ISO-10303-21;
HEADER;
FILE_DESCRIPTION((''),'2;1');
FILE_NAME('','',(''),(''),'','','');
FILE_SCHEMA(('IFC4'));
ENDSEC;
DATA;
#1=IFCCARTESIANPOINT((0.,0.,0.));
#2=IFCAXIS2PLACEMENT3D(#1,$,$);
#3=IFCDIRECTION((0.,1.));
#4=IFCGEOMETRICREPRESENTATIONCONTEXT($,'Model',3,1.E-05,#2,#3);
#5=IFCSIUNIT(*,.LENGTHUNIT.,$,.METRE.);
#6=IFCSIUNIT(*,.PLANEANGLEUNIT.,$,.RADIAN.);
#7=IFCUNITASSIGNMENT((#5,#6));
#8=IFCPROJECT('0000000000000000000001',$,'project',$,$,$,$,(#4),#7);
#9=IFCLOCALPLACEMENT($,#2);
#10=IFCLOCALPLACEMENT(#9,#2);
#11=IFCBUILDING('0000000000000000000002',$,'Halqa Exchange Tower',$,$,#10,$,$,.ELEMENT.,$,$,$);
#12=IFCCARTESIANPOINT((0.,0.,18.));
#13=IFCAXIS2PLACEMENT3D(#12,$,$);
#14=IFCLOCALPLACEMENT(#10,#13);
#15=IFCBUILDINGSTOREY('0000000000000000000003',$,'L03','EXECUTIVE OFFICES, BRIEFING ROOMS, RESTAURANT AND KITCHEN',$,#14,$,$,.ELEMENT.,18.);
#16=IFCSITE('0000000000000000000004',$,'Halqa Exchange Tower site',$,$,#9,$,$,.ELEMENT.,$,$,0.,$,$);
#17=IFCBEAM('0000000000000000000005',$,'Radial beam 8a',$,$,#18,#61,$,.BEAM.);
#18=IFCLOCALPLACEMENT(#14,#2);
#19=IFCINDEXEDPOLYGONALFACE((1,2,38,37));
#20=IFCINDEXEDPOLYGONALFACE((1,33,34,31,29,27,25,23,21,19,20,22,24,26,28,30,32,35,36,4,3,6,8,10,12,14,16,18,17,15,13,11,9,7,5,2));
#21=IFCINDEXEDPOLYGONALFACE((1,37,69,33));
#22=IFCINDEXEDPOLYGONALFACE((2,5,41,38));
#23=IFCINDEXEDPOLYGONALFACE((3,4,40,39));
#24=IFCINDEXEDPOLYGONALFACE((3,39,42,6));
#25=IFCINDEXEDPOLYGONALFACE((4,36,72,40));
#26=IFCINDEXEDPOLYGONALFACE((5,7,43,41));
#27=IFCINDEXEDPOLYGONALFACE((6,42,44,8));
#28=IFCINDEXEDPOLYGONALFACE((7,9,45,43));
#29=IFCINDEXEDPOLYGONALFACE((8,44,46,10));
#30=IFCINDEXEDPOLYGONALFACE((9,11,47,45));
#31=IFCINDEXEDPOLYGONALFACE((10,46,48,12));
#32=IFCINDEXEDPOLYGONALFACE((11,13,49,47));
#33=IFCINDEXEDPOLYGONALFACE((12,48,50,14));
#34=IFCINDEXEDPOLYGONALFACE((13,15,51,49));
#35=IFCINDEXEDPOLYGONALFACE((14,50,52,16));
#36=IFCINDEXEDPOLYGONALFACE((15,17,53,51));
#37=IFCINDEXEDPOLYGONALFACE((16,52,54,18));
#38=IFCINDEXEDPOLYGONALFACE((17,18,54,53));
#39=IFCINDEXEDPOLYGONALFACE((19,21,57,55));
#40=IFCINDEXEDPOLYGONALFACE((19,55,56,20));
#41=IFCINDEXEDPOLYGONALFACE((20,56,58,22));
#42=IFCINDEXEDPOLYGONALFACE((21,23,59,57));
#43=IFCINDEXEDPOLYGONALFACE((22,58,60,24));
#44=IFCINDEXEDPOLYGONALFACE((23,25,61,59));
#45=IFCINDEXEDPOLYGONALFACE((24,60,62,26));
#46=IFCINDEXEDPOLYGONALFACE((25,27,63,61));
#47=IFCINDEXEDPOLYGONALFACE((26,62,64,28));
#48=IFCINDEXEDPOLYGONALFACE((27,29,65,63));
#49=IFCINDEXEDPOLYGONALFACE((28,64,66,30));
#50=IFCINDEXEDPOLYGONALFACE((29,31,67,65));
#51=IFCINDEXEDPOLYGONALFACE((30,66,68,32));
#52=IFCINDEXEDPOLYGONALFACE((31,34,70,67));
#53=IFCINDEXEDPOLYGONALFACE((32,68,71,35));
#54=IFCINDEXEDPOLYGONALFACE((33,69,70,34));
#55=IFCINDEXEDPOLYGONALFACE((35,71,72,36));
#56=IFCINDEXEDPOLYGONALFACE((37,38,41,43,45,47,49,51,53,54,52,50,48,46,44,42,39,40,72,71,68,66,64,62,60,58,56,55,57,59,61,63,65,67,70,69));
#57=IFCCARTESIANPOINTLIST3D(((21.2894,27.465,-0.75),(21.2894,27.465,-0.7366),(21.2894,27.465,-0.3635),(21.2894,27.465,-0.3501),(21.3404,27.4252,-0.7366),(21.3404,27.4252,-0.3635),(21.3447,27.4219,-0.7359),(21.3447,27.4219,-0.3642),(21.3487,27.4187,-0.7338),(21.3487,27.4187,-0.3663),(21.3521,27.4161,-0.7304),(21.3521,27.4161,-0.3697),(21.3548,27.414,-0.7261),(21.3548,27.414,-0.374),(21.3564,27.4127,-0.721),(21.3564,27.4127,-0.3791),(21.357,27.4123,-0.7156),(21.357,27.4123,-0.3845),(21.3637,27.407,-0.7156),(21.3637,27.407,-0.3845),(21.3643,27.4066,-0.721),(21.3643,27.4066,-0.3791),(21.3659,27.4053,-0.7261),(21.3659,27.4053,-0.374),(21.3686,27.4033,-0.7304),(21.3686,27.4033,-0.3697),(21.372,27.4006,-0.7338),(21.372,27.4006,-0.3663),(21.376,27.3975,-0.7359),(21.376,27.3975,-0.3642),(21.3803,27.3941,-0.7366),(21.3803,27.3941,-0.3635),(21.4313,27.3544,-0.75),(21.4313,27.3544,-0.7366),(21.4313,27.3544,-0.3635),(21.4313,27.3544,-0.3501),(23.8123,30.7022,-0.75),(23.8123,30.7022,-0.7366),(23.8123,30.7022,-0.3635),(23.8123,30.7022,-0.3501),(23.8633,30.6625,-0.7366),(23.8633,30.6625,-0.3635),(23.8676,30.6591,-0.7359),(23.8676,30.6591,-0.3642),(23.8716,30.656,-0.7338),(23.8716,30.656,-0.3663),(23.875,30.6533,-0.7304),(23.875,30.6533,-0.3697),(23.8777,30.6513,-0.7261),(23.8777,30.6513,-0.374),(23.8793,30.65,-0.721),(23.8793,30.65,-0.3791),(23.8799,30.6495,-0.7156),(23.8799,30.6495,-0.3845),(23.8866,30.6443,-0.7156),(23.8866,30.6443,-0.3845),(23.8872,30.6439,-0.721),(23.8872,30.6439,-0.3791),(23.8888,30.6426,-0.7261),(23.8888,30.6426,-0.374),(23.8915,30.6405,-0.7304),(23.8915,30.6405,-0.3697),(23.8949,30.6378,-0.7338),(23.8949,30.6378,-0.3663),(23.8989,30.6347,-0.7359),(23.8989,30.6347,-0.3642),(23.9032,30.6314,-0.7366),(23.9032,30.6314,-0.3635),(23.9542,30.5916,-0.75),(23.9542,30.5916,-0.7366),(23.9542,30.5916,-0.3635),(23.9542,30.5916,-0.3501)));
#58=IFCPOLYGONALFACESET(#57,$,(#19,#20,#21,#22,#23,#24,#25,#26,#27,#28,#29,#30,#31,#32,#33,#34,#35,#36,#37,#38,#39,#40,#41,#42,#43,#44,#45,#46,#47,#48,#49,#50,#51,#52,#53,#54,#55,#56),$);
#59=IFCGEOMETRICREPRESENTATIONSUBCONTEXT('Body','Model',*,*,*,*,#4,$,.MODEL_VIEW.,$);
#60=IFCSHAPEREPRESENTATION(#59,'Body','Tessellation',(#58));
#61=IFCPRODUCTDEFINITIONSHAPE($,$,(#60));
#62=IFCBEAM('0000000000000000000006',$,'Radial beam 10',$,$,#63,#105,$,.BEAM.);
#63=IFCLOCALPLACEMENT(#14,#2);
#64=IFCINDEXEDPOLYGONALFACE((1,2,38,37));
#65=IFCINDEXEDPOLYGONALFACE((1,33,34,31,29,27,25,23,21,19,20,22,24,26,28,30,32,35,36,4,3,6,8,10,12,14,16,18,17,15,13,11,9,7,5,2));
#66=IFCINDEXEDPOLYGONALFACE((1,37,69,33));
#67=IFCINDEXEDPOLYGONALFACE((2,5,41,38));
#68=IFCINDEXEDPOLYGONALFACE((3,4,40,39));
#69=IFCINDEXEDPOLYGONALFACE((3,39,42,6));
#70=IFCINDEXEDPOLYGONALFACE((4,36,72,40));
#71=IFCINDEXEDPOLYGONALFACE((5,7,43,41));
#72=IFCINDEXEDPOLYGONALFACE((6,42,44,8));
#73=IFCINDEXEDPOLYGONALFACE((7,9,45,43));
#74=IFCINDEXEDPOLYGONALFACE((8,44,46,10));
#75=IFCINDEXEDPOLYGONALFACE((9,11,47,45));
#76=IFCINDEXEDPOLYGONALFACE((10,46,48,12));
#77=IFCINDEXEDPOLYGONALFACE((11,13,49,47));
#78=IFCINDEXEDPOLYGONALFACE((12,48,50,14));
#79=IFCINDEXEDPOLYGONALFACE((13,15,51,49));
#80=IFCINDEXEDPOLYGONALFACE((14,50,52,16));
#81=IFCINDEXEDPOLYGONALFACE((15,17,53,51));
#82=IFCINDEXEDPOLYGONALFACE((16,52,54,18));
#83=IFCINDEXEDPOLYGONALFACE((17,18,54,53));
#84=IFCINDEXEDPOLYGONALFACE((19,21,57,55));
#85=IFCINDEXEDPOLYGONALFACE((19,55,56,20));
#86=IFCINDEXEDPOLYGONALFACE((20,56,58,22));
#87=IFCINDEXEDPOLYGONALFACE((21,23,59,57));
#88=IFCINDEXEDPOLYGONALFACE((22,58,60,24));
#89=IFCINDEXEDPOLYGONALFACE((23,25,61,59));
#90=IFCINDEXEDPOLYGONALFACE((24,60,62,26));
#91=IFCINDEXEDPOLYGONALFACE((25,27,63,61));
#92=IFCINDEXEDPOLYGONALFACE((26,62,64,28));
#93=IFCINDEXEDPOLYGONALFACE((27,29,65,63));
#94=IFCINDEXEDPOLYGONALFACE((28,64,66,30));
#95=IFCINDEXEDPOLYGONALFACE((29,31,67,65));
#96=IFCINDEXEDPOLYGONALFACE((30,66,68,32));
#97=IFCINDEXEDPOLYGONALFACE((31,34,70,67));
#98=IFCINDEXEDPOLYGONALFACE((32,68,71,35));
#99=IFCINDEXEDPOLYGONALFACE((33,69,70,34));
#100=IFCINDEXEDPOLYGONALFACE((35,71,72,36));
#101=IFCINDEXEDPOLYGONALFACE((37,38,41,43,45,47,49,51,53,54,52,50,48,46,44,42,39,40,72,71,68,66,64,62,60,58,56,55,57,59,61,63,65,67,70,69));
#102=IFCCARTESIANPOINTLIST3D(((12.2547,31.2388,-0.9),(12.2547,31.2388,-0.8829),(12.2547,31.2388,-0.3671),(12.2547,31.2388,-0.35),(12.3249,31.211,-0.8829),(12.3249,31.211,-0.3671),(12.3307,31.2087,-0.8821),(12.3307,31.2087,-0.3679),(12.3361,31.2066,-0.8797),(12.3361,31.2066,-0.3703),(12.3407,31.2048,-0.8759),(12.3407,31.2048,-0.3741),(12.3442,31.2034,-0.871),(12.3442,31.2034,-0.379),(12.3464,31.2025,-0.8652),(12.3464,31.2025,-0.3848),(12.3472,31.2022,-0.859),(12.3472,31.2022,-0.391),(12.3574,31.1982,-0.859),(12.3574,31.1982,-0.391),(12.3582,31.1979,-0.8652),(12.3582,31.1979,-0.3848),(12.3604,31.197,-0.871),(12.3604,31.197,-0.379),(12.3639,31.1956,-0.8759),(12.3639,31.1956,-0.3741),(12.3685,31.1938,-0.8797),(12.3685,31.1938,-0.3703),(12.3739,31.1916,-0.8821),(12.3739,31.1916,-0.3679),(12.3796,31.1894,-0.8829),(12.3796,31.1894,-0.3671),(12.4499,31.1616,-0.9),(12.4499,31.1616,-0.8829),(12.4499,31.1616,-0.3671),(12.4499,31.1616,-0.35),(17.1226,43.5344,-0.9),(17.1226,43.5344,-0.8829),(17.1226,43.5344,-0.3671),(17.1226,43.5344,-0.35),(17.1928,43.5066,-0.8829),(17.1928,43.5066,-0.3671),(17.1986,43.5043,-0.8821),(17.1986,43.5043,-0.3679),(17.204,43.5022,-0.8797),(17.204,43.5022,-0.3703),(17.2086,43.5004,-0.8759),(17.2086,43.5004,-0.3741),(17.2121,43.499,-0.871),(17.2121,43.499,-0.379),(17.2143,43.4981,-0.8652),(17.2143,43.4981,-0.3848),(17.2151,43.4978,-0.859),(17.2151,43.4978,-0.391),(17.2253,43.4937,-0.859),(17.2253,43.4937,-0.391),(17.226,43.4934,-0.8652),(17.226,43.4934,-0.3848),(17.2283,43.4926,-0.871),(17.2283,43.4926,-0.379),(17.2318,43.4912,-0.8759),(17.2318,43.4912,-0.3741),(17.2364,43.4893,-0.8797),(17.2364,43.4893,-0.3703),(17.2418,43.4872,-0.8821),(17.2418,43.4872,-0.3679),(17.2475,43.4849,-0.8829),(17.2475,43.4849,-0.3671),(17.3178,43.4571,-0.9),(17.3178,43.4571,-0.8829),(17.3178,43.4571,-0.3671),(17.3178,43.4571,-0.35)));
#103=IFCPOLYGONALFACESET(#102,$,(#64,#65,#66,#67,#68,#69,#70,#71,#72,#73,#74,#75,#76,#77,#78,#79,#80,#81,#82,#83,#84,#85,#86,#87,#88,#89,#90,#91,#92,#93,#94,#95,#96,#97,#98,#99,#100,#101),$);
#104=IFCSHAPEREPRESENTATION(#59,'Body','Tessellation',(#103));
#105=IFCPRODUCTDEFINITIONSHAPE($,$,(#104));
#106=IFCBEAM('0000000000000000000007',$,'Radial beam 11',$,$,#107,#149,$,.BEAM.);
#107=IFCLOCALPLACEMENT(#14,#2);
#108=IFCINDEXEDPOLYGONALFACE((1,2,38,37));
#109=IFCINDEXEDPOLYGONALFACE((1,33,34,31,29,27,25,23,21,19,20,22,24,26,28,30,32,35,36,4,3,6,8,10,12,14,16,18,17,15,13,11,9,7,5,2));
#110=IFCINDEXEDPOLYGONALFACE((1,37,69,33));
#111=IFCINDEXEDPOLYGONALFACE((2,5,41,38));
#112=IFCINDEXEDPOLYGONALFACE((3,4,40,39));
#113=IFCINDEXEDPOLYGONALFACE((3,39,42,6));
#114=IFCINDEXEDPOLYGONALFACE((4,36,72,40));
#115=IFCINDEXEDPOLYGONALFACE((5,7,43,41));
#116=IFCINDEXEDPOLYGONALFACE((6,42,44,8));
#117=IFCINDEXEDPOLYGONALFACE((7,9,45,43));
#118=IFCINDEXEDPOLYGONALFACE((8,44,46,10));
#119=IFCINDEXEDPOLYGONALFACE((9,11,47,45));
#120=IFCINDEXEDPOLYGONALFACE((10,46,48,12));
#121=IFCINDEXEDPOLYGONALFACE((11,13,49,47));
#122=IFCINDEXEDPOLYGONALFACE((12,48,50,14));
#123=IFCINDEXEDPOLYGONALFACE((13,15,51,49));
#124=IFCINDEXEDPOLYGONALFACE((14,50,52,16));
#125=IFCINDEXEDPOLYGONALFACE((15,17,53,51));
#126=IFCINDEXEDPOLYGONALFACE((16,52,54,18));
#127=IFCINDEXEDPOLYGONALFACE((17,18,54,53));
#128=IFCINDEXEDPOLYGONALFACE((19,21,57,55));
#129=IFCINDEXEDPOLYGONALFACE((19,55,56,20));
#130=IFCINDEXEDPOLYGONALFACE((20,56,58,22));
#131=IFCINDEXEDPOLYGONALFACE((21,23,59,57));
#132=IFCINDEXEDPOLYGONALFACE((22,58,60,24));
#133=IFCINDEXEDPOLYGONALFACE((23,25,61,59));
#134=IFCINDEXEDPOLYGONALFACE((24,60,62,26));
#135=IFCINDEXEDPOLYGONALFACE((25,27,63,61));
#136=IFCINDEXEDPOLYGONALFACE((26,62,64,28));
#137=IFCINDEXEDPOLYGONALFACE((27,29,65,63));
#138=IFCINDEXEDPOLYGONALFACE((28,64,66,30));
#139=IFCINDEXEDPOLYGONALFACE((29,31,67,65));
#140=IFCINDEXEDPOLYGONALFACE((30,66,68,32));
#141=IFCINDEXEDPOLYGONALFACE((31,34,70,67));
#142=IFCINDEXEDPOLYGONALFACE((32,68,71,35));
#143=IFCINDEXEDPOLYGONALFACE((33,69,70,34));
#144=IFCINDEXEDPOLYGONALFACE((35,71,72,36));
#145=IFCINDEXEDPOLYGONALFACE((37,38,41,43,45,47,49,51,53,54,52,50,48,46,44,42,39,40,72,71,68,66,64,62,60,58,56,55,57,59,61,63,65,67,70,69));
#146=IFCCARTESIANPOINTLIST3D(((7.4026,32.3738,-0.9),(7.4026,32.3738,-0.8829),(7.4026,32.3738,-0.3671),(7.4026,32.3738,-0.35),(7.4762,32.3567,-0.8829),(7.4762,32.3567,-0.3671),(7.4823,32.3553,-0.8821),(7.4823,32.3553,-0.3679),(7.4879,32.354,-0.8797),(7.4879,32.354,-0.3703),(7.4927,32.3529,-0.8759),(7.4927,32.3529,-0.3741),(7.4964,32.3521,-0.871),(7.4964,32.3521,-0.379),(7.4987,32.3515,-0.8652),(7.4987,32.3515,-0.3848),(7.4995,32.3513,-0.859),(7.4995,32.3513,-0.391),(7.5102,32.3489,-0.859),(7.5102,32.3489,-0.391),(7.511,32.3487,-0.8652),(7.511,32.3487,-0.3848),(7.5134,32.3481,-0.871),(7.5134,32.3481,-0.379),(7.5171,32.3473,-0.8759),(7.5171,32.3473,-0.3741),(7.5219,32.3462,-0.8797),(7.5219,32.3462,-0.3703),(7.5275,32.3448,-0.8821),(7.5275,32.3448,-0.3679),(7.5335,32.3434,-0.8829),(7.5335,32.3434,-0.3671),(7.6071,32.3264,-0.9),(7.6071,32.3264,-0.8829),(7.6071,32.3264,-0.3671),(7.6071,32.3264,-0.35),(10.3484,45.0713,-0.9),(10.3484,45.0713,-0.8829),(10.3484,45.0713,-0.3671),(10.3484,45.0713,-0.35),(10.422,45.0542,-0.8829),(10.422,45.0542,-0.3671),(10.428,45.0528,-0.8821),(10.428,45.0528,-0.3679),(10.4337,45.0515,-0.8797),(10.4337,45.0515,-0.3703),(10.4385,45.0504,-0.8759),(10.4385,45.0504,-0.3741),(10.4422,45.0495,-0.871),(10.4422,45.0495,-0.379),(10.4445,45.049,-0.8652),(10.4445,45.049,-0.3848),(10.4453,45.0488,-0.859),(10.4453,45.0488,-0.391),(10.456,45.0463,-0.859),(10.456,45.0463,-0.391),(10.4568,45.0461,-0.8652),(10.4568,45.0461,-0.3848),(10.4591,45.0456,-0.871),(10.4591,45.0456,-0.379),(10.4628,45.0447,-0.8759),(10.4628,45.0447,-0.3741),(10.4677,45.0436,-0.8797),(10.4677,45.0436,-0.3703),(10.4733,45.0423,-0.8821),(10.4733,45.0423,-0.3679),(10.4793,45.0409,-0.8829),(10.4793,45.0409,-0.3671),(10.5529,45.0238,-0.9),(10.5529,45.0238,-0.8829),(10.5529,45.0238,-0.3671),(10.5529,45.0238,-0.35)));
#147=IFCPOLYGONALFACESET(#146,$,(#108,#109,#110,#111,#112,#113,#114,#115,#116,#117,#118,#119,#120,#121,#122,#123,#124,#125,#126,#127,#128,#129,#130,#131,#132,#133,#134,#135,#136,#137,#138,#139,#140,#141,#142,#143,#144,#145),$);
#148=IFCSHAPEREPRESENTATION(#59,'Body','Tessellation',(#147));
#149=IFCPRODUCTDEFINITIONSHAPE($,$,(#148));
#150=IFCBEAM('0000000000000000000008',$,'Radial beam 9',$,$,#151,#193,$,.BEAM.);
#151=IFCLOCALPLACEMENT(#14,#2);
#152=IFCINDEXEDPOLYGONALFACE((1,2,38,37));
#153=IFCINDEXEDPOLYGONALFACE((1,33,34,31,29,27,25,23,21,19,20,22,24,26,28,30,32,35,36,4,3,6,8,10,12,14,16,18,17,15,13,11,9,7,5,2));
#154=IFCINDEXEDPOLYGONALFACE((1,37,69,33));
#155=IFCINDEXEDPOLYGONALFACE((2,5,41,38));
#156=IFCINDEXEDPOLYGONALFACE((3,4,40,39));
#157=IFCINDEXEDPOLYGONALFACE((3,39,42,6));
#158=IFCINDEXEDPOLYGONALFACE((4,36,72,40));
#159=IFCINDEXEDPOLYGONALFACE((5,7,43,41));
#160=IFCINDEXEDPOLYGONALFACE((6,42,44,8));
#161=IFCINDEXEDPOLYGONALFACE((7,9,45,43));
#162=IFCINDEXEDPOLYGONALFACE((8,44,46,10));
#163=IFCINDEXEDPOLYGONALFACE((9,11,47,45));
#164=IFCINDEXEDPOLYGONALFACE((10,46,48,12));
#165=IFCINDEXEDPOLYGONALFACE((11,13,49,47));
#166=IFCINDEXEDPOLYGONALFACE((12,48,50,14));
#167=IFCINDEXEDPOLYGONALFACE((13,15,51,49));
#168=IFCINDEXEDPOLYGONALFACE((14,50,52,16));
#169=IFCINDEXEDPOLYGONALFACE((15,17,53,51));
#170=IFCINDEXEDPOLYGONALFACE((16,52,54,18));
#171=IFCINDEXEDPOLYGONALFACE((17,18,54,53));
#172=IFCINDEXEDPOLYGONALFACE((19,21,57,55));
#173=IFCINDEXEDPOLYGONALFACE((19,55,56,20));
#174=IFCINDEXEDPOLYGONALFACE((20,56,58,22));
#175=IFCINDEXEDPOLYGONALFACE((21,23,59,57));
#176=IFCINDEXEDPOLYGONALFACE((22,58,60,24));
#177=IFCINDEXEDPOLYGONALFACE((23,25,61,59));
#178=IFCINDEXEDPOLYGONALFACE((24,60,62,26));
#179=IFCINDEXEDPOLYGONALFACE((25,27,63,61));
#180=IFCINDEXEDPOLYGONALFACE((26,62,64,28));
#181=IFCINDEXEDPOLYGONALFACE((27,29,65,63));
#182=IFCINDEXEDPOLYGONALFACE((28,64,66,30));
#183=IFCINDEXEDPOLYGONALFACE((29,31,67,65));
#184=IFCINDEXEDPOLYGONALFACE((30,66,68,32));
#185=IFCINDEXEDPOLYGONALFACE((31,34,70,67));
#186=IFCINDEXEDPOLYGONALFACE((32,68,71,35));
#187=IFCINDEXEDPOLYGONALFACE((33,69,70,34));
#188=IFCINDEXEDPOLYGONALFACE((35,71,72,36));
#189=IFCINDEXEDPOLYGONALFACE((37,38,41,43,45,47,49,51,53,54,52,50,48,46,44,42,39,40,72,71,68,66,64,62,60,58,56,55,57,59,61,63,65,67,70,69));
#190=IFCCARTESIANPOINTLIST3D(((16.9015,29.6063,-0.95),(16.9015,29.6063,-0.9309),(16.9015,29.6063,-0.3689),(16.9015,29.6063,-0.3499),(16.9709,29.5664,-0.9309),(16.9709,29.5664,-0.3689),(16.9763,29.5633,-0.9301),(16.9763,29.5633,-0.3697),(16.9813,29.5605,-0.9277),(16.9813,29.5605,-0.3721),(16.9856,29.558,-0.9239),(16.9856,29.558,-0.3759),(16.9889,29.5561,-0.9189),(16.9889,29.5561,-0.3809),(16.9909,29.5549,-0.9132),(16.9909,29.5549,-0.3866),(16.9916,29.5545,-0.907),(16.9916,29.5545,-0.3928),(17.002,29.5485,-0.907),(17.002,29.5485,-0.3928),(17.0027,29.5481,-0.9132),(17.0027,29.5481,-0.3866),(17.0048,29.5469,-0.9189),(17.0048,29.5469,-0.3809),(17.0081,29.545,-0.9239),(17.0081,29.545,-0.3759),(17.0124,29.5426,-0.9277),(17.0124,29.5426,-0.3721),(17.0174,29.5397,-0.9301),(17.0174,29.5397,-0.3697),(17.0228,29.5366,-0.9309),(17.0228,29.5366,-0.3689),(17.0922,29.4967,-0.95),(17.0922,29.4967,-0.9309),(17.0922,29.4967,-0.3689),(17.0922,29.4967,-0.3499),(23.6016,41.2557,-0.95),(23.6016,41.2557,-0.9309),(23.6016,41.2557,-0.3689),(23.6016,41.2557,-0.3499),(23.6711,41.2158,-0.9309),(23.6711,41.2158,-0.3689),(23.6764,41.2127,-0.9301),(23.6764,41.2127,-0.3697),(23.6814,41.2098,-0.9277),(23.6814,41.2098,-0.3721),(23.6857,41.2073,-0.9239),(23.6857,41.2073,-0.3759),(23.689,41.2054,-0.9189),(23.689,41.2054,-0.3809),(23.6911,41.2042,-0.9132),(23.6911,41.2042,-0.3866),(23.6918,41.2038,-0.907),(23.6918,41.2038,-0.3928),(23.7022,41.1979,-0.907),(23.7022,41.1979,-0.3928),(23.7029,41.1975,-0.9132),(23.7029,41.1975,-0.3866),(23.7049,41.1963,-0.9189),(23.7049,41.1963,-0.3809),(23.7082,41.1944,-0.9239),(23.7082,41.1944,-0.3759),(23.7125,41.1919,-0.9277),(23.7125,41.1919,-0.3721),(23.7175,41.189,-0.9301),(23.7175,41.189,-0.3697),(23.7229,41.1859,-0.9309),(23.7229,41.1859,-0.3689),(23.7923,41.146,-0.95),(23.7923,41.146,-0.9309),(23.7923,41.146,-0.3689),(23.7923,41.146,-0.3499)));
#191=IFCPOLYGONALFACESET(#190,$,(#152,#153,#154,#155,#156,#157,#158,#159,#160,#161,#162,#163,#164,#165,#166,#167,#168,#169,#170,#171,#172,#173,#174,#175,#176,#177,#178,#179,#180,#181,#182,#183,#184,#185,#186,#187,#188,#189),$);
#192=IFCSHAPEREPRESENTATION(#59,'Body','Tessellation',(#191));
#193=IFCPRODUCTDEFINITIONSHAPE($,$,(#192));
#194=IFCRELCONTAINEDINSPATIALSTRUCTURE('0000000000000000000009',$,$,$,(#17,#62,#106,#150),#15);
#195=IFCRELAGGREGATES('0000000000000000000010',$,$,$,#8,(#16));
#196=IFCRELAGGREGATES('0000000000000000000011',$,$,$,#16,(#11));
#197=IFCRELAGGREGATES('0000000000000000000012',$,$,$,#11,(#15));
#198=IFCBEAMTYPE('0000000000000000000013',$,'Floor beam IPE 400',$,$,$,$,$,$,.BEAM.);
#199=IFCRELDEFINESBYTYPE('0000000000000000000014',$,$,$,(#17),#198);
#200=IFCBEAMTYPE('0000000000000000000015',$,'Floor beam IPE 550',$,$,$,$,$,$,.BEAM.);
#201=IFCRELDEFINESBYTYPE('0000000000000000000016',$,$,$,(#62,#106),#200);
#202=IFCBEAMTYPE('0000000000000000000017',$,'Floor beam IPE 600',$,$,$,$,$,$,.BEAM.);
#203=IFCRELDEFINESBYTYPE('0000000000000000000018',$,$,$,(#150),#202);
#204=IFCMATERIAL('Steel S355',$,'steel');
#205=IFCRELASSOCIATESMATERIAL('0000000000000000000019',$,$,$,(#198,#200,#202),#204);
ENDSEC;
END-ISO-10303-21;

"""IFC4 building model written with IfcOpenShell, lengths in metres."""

from ifc_helpers import new_model, si_unit, direction, frame, origin, origin_2d, place, context, subcontext, project, spatial, i_section, extrude, material, material_profile, profile_set, type_object, element, save


model = new_model("IFC4")

# Units and contexts
model_context = context("Model", 3, precision=1e-05, world=origin(), true_north=direction((0.0, 1.0)))
body_context = subcontext(model_context, "Body", "Model", "MODEL_VIEW")
ifc_project = project(units=[si_unit("LENGTHUNIT", "METRE"), si_unit("PLANEANGLEUNIT", "RADIAN")], contexts=[model_context])

# Site, building, storey
site_placement = place(None, origin())
site = spatial("IfcSite", under=ifc_project, at=site_placement, Name="Halqa Exchange Tower site", CompositionType="ELEMENT", RefElevation=0.0)
building_placement = place(site_placement, origin())
building = spatial("IfcBuilding", under=site, at=building_placement, Name="Halqa Exchange Tower", CompositionType="ELEMENT")
storey_placement = place(building_placement, frame((0.0, 0.0, 18.0)))
storey = spatial("IfcBuildingStorey", under=building, at=storey_placement, Name="L03", Description="EXECUTIVE OFFICES, BRIEFING ROOMS, RESTAURANT AND KITCHEN", CompositionType="ELEMENT", Elevation=18.0)

# Beams
ifc_material_1 = material(Name="Steel S355", Category="steel")
ifc_material_profile_1 = material_profile(ifc_material_1, i_section(OverallWidth=0.1799, OverallDepth=0.3999, WebThickness=0.0085, FlangeThickness=0.0134, FilletRadius=0.021, at=origin_2d()), Name="IPE 400")
ifc_profile_set_1 = profile_set([ifc_material_profile_1], Name="Steel S355")
beam_type_1 = type_object("IfcBeamType", Name="Floor beam IPE 400", PredefinedType="BEAM", material=ifc_profile_set_1)
beam_1_placement = place(storey_placement, frame((21.3604, 27.4097, -0.55), z_axis=(0.614706, 0.788756, 0.0), x_axis=(-0.788756, 0.614706, 0.0)))
element("IfcBeam", 1, at=beam_1_placement, inside=storey, type_object=beam_type_1, Name="Radial beam 8a", PredefinedType="BEAM", context=body_context, shape_type="SweptSolid", body=[
    extrude(i_section(OverallWidth=0.1799, OverallDepth=0.3999, WebThickness=0.0085, FlangeThickness=0.0134, FilletRadius=0.021, at=origin_2d()), origin(), (0.0, 0.0, 1.0), 4.1042),
])
ifc_material_profile_2 = material_profile(ifc_material_1, i_section(OverallWidth=0.21, OverallDepth=0.55, WebThickness=0.011, FlangeThickness=0.0171, FilletRadius=0.0239, at=origin_2d()), Name="IPE 550")
ifc_profile_set_2 = profile_set([ifc_material_profile_2], Name="Steel S355")
beam_type_2 = type_object("IfcBeamType", Name="Floor beam IPE 550", PredefinedType="BEAM", material=ifc_profile_set_2)
beam_2_placement = place(storey_placement, frame((12.3523, 31.2002, -0.625), z_axis=(0.368107, 0.929784, 0.0), x_axis=(-0.929784, 0.368107, 0.0)))
element("IfcBeam", 2, at=beam_2_placement, inside=storey, type_object=beam_type_2, Name="Radial beam 10", PredefinedType="BEAM", context=body_context, shape_type="SweptSolid", body=[
    extrude(i_section(OverallWidth=0.21, OverallDepth=0.55, WebThickness=0.011, FlangeThickness=0.0171, FilletRadius=0.0239, at=origin_2d()), origin(), (0.0, 0.0, 1.0), 13.2241),
])
beam_3_placement = place(storey_placement, frame((7.5049, 32.3501, -0.625), z_axis=(0.225996, 0.974128, 0.0), x_axis=(-0.974128, 0.225996, 0.0)))
element("IfcBeam", 3, at=beam_3_placement, inside=storey, type_object=beam_type_2, Name="Radial beam 11", PredefinedType="BEAM", context=body_context, shape_type="SweptSolid", body=[
    extrude(i_section(OverallWidth=0.21, OverallDepth=0.55, WebThickness=0.011, FlangeThickness=0.0171, FilletRadius=0.0239, at=origin_2d()), origin(), (0.0, 0.0, 1.0), 13.0347),
])
ifc_material_profile_3 = material_profile(ifc_material_1, i_section(OverallWidth=0.22, OverallDepth=0.6001, WebThickness=0.012, FlangeThickness=0.019, FilletRadius=0.0239, at=origin_2d()), Name="IPE 600")
ifc_profile_set_3 = profile_set([ifc_material_profile_3], Name="Steel S355")
beam_type_3 = type_object("IfcBeamType", Name="Floor beam IPE 600", PredefinedType="BEAM", material=ifc_profile_set_3)
beam_4_placement = place(storey_placement, frame((16.9968, 29.5515, -0.6499), z_axis=(0.498571, 0.866849, 0.0), x_axis=(-0.866849, 0.498571, 0.0)))
element("IfcBeam", 4, at=beam_4_placement, inside=storey, type_object=beam_type_3, Name="Radial beam 9", PredefinedType="BEAM", context=body_context, shape_type="SweptSolid", body=[
    extrude(i_section(OverallWidth=0.22, OverallDepth=0.6001, WebThickness=0.012, FlangeThickness=0.019, FilletRadius=0.0239, at=origin_2d()), origin(), (0.0, 0.0, 1.0), 13.4387),
])

save(model, "model.ifc")
